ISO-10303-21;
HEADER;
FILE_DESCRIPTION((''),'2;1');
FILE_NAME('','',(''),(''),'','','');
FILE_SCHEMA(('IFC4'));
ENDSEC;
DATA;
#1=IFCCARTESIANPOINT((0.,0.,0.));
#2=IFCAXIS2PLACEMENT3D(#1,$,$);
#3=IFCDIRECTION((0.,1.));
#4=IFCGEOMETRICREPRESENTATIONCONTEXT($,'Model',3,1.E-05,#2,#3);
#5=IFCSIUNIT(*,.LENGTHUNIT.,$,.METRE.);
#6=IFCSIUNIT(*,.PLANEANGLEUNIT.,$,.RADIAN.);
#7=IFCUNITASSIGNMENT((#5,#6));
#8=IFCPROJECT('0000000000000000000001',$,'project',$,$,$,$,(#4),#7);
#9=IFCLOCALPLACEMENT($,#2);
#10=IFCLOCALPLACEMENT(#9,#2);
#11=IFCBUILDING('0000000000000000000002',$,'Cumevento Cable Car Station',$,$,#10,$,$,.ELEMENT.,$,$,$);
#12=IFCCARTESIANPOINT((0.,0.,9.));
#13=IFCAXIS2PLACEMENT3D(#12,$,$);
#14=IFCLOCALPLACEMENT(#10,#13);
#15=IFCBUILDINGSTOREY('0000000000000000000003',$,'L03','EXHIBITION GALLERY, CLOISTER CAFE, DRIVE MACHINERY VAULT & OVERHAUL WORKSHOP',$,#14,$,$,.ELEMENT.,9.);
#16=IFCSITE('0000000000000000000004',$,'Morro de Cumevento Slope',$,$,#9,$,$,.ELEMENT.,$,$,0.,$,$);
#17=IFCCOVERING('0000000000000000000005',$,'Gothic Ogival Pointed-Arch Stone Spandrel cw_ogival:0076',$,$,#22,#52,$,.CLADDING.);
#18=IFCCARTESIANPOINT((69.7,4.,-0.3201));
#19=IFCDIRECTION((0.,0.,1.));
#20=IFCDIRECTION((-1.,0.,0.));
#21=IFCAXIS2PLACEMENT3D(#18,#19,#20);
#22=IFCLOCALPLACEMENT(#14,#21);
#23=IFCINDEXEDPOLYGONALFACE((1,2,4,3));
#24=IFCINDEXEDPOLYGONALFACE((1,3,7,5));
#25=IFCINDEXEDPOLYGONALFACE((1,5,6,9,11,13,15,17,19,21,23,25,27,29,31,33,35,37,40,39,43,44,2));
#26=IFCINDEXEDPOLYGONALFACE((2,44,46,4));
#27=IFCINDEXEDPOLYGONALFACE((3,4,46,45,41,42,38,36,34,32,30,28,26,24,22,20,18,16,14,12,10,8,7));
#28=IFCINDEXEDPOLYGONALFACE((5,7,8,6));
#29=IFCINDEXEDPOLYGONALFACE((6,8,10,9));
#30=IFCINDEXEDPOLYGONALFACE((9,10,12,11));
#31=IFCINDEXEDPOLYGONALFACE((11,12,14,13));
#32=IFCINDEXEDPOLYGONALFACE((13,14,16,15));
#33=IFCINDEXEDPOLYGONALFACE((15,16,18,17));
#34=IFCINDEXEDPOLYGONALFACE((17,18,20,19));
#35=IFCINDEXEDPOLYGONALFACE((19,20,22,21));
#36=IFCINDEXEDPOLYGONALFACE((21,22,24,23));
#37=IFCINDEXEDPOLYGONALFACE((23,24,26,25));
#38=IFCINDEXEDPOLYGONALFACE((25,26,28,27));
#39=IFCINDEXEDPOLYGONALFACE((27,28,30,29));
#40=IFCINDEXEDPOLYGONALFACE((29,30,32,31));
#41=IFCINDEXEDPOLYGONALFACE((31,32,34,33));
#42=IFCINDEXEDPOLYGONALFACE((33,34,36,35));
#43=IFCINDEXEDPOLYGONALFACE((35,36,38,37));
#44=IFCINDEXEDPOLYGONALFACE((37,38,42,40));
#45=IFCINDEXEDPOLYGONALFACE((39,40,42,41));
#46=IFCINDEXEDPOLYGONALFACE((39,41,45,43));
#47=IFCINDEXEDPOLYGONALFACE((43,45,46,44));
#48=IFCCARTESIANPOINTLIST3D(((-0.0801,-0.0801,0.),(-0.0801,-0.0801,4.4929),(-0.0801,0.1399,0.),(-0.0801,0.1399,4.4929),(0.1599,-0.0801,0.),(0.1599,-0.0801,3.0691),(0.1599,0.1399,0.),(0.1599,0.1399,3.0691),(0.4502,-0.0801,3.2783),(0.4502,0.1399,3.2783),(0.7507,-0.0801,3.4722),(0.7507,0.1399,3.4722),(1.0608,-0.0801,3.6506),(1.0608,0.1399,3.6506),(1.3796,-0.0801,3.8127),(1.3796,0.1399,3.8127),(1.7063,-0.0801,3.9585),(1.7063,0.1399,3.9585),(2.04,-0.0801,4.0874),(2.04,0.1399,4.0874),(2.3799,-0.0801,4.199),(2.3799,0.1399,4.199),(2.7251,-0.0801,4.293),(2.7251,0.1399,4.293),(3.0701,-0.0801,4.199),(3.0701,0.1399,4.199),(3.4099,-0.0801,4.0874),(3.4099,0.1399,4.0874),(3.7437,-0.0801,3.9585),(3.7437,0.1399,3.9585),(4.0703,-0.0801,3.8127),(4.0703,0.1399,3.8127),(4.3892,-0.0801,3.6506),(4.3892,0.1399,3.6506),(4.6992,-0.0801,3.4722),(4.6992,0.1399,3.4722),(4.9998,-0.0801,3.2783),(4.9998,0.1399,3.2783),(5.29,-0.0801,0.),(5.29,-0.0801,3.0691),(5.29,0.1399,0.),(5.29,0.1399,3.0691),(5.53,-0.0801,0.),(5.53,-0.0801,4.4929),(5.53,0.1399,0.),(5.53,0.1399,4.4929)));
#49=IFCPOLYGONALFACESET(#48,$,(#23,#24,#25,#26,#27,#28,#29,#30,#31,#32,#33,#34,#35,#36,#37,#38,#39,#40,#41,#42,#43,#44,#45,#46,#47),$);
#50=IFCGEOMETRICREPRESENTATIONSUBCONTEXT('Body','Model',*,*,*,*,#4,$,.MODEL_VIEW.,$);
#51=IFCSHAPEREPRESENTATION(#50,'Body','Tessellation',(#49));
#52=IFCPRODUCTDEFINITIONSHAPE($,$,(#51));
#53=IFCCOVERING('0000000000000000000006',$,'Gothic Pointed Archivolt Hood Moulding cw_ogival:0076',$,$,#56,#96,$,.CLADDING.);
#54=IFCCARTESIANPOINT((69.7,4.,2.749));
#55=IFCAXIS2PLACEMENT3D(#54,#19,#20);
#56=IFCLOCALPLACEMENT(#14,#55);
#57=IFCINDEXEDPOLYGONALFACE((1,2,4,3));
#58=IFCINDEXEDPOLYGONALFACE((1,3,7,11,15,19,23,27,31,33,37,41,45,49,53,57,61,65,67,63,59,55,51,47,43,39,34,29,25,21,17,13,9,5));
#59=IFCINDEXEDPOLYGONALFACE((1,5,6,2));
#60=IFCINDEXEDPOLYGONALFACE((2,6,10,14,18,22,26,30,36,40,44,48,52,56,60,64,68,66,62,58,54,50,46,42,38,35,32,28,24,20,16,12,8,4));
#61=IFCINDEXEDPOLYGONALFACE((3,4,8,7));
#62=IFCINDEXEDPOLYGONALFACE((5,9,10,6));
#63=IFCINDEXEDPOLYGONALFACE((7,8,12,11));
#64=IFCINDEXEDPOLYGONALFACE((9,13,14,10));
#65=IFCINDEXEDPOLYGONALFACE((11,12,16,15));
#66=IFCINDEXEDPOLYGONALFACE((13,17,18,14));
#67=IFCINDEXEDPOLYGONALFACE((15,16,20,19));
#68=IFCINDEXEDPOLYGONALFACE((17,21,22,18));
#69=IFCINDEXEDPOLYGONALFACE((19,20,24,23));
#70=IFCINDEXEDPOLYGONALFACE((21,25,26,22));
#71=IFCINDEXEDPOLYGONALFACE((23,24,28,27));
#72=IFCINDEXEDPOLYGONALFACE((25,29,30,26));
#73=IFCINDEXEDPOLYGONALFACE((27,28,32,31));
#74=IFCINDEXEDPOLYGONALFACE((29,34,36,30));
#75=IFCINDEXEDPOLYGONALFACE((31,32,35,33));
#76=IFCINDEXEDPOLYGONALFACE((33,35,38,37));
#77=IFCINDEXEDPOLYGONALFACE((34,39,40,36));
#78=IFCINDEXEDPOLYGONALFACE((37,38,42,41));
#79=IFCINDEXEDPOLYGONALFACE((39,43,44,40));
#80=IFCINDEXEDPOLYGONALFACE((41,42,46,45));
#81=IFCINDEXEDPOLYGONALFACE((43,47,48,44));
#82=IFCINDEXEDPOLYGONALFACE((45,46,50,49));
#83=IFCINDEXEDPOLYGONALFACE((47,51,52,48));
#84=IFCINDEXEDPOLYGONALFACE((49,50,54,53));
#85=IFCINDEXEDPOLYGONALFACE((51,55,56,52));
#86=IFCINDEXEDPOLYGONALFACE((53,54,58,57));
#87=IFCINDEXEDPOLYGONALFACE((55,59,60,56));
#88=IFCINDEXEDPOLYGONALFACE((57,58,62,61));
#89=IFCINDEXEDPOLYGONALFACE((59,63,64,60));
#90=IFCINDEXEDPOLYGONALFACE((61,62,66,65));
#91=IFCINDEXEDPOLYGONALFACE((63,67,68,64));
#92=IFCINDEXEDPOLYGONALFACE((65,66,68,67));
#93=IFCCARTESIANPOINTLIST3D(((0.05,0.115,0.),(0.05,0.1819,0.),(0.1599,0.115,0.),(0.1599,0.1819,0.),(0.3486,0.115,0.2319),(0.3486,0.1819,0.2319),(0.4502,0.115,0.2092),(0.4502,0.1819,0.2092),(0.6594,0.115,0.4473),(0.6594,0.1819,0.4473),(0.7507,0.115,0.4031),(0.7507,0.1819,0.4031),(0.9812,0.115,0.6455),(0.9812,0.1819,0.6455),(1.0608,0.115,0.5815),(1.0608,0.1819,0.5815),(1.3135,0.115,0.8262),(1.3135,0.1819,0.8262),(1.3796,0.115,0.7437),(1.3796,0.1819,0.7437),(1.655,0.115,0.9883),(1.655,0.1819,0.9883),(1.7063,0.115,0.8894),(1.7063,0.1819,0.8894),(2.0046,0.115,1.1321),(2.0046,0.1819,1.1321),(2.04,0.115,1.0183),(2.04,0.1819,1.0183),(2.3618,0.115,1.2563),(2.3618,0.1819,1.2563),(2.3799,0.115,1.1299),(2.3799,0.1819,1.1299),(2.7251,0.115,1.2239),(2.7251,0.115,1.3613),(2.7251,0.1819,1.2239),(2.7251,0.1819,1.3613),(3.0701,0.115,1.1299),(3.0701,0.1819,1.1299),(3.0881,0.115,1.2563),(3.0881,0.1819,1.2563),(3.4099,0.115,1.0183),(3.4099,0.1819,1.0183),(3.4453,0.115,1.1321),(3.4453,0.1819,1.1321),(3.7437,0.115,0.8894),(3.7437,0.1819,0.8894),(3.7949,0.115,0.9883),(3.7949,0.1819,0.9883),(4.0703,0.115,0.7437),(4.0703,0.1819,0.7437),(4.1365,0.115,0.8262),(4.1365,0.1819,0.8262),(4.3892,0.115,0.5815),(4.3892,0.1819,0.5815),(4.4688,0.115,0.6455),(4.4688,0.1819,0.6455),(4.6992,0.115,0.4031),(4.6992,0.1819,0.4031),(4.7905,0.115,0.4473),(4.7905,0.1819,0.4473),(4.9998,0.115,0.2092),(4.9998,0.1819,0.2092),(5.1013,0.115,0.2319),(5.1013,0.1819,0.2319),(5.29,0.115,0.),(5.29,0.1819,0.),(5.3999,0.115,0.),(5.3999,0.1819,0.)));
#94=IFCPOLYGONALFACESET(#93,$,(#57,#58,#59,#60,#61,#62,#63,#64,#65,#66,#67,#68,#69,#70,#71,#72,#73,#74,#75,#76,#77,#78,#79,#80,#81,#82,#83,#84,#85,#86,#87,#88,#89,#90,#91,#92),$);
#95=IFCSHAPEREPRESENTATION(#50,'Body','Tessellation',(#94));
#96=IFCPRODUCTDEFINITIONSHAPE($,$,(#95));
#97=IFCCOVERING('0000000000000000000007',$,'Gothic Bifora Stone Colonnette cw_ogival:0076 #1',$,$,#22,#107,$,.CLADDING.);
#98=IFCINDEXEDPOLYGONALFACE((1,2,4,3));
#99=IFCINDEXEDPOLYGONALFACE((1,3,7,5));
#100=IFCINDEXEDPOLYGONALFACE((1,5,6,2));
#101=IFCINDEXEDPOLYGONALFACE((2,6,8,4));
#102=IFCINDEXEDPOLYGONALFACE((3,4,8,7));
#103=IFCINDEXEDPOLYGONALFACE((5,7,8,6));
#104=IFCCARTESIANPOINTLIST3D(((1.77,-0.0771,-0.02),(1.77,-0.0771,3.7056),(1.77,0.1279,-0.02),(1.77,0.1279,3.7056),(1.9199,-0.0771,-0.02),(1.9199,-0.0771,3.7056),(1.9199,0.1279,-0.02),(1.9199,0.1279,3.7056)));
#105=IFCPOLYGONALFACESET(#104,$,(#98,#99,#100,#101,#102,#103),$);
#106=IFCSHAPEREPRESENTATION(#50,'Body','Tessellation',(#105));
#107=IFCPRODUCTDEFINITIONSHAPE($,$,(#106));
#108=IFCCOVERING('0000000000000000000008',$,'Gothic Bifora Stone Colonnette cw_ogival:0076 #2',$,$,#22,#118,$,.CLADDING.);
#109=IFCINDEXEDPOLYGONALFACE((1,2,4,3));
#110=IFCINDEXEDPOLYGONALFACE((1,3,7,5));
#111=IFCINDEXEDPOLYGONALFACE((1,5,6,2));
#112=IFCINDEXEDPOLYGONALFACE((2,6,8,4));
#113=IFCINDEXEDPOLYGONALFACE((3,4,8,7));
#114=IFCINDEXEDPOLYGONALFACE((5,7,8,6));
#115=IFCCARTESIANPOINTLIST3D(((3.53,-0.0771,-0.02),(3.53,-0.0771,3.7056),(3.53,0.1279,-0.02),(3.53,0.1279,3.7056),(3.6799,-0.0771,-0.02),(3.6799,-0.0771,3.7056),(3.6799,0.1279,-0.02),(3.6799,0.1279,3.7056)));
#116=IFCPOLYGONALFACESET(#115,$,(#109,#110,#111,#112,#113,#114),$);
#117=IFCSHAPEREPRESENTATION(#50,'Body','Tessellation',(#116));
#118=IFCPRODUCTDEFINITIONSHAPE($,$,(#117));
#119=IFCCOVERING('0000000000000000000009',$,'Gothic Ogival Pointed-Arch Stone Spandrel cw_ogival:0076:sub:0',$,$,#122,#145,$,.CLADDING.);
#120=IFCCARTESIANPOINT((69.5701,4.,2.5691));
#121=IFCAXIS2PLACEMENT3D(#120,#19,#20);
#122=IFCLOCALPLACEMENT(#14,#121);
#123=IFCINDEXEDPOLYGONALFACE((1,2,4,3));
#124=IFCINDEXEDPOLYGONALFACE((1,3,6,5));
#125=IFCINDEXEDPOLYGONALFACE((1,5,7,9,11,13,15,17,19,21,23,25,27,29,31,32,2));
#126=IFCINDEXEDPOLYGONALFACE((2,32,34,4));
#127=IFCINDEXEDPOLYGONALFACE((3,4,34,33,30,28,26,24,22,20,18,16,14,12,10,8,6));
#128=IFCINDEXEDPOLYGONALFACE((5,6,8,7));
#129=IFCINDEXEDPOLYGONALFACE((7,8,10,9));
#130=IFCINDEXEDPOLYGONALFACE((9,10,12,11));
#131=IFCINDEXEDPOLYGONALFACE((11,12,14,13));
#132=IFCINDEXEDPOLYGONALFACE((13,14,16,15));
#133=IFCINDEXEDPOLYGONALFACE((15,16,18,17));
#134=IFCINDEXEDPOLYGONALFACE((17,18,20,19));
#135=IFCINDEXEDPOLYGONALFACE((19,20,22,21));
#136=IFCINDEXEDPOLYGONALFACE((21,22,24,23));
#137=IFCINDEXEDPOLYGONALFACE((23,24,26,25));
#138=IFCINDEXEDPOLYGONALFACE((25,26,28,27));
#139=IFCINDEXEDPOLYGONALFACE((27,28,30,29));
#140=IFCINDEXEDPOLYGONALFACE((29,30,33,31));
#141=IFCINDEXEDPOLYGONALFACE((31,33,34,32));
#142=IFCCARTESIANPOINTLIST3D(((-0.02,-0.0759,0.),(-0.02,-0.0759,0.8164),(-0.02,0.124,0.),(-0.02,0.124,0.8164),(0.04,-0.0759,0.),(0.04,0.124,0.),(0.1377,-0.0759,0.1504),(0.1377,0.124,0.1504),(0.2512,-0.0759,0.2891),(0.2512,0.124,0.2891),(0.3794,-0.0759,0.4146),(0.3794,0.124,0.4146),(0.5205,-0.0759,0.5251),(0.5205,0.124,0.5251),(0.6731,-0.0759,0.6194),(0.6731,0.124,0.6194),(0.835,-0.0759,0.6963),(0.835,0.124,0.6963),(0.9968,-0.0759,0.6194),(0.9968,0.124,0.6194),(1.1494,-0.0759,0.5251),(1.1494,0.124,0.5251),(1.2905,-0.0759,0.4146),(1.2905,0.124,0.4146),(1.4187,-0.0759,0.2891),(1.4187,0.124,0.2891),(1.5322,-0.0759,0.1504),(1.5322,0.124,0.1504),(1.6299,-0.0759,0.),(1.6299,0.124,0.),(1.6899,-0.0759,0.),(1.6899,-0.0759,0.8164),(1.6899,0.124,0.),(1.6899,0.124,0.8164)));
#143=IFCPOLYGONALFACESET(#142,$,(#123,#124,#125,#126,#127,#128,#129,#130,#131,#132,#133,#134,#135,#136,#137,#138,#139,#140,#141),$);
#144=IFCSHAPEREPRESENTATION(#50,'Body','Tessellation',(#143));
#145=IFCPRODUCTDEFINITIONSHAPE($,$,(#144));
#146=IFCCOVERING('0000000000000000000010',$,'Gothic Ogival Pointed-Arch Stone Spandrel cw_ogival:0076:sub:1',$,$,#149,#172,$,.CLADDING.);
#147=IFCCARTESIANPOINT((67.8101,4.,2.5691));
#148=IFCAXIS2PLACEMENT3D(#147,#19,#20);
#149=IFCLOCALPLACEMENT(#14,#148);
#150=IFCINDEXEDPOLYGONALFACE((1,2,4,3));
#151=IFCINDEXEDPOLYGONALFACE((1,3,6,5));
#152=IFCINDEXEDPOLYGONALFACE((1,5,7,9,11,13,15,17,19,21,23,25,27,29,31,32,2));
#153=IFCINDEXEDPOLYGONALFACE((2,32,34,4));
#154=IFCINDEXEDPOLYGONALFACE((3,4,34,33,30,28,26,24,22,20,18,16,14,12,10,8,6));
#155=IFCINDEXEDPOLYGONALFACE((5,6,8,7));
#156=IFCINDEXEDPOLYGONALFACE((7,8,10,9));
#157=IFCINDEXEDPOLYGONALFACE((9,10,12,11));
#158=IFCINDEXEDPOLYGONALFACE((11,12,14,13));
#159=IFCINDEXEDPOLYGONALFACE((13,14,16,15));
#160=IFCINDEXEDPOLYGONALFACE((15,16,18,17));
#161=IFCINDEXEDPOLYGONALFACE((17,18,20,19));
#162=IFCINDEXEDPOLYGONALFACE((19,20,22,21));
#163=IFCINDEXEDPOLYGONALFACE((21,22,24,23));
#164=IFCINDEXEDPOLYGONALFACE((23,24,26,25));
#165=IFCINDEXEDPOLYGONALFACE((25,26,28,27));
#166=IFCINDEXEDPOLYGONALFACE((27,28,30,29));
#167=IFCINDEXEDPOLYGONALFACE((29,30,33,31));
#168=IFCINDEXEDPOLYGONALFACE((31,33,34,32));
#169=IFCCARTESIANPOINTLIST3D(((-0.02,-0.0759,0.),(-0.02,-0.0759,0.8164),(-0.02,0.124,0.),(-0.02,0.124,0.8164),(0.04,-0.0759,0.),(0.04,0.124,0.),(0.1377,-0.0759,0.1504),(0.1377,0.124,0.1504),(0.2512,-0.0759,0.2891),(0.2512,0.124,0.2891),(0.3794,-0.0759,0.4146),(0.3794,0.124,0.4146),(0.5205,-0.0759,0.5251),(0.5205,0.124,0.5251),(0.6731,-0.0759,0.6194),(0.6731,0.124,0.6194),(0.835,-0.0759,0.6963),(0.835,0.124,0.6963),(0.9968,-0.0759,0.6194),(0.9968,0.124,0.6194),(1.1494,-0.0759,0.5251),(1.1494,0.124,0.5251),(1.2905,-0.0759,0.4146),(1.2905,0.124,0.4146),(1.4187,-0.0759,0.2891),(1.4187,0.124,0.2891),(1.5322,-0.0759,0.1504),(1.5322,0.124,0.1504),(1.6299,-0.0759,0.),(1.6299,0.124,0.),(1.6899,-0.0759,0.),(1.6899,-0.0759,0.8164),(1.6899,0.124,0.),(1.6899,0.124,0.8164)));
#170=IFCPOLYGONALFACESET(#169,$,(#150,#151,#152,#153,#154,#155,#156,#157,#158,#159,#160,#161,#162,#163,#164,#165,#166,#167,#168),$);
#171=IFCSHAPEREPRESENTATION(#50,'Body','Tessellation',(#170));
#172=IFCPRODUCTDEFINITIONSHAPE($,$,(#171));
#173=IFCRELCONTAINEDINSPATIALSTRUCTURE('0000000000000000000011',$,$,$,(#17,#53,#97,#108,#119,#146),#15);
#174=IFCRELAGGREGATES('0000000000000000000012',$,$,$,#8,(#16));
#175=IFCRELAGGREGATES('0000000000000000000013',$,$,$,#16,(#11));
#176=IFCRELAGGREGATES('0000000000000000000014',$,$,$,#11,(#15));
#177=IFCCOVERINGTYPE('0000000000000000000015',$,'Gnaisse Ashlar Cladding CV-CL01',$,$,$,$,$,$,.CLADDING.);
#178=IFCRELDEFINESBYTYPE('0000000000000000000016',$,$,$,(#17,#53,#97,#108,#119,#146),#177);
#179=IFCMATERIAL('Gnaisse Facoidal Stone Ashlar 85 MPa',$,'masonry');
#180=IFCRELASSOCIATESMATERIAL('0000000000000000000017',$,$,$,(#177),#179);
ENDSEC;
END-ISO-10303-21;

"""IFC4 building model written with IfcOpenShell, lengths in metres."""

from ifc_helpers import new_model, si_unit, direction, frame, origin, place, context, subcontext, project, spatial, polyline, outline, extrude, material, type_object, element, save


model = new_model("IFC4")

# Units and contexts
model_context = context("Model", 3, precision=1e-05, world=origin(), true_north=direction((0.0, 1.0)))
body_context = subcontext(model_context, "Body", "Model", "MODEL_VIEW")
ifc_project = project(units=[si_unit("LENGTHUNIT", "METRE"), si_unit("PLANEANGLEUNIT", "RADIAN")], contexts=[model_context])

# Site, building, storey
site_placement = place(None, origin())
site = spatial("IfcSite", under=ifc_project, at=site_placement, Name="Morro de Cumevento Slope", CompositionType="ELEMENT", RefElevation=0.0)
building_placement = place(site_placement, origin())
building = spatial("IfcBuilding", under=site, at=building_placement, Name="Cumevento Cable Car Station", CompositionType="ELEMENT")
storey_placement = place(building_placement, frame((0.0, 0.0, 9.0)))
storey = spatial("IfcBuildingStorey", under=building, at=storey_placement, Name="L03", Description="EXHIBITION GALLERY, CLOISTER CAFE, DRIVE MACHINERY VAULT & OVERHAUL WORKSHOP", CompositionType="ELEMENT", Elevation=9.0)

# Coverings
ifc_material_1 = material(Name="Gnaisse Facoidal Stone Ashlar 85 MPa", Category="masonry")
covering_type = type_object("IfcCoveringType", Name="Gnaisse Ashlar Cladding CV-CL01", PredefinedType="CLADDING", material=ifc_material_1)
placement = place(storey_placement, frame((69.7, 4.0, -0.3201), z_axis=(0.0, 0.0, 1.0), x_axis=(-1.0, 0.0, 0.0)))
element("IfcCovering", 1, at=placement, inside=storey, type_object=covering_type, Name="Gothic Ogival Pointed-Arch Stone Spandrel cw_ogival:0076", PredefinedType="CLADDING", context=body_context, shape_type="SweptSolid", body=[
    extrude(outline(polyline([(-0.0801, 0.0), (-0.0801, 4.4929), (5.53, 4.4929), (5.53, 0.0), (5.29, 0.0), (5.29, 3.0691), (4.9998, 3.2783), (4.6992, 3.4722), (4.3892, 3.6506), (4.0703, 3.8127), (3.7437, 3.9585), (3.4099, 4.0874), (3.0701, 4.199), (2.7251, 4.293), (2.3799, 4.199), (2.04, 4.0874), (1.7063, 3.9585), (1.3796, 3.8127), (1.0608, 3.6506), (0.7507, 3.4722), (0.4502, 3.2783), (0.1599, 3.0691), (0.1599, 0.0), (-0.0801, 0.0)])), frame((0.0, 0.1399, 0.0), z_axis=(0.0, -1.0, 0.0), x_axis=(1.0, 0.0, 0.0)), (0.0, 0.0, 1.0), 0.22),
])
covering_1_placement = place(storey_placement, frame((69.7, 4.0, 2.749), z_axis=(0.0, 0.0, 1.0), x_axis=(-1.0, 0.0, 0.0)))
element("IfcCovering", 2, at=covering_1_placement, inside=storey, type_object=covering_type, Name="Gothic Pointed Archivolt Hood Moulding cw_ogival:0076", PredefinedType="CLADDING", context=body_context, shape_type="SweptSolid", body=[
    extrude(outline(polyline([(0.1599, 0.0), (0.4502, 0.2092), (0.7507, 0.4031), (1.0608, 0.5815), (1.3796, 0.7437), (1.7063, 0.8894), (2.04, 1.0183), (2.3799, 1.1299), (2.7251, 1.2239), (3.0701, 1.1299), (3.4099, 1.0183), (3.7437, 0.8894), (4.0703, 0.7437), (4.3892, 0.5815), (4.6992, 0.4031), (4.9998, 0.2092), (5.29, 0.0), (5.3999, 0.0), (5.1013, 0.2319), (4.7905, 0.4473), (4.4688, 0.6455), (4.1365, 0.8262), (3.7949, 0.9883), (3.4453, 1.1321), (3.0881, 1.2563), (2.7251, 1.3613), (2.3618, 1.2563), (2.0046, 1.1321), (1.655, 0.9883), (1.3135, 0.8262), (0.9812, 0.6455), (0.6594, 0.4473), (0.3486, 0.2319), (0.05, 0.0), (0.1599, 0.0)])), frame((0.0, 0.1819, 0.0), z_axis=(0.0, -1.0, 0.0), x_axis=(1.0, 0.0, 0.0)), (0.0, 0.0, 1.0), 0.0669),
])
element("IfcCovering", 3, at=placement, inside=storey, type_object=covering_type, Name="Gothic Bifora Stone Colonnette cw_ogival:0076 #1", PredefinedType="CLADDING", context=body_context, shape_type="SweptSolid", body=[
    extrude(outline(polyline([(1.77, -0.02), (1.9199, -0.02), (1.9199, 3.7056), (1.77, 3.7056), (1.77, -0.02)])), frame((0.0, 0.1279, 0.0), z_axis=(0.0, -1.0, 0.0), x_axis=(1.0, 0.0, 0.0)), (0.0, 0.0, 1.0), 0.2051),
])
element("IfcCovering", 4, at=placement, inside=storey, type_object=covering_type, Name="Gothic Bifora Stone Colonnette cw_ogival:0076 #2", PredefinedType="CLADDING", context=body_context, shape_type="SweptSolid", body=[
    extrude(outline(polyline([(3.53, -0.02), (3.6799, -0.02), (3.6799, 3.7056), (3.53, 3.7056), (3.53, -0.02)])), frame((0.0, 0.1279, 0.0), z_axis=(0.0, -1.0, 0.0), x_axis=(1.0, 0.0, 0.0)), (0.0, 0.0, 1.0), 0.2051),
])
for number, where, z_axis, x_axis, name in (
    (5, (69.5701, 4.0, 2.5691), (0.0, 0.0, 1.0), (-1.0, 0.0, 0.0), "Gothic Ogival Pointed-Arch Stone Spandrel cw_ogival:0076:sub:0"),
    (6, (67.8101, 4.0, 2.5691), (0.0, 0.0, 1.0), (-1.0, 0.0, 0.0), "Gothic Ogival Pointed-Arch Stone Spandrel cw_ogival:0076:sub:1"),
):
    element("IfcCovering", number, at=place(storey_placement, frame(where, z_axis=z_axis, x_axis=x_axis)), inside=storey, type_object=covering_type, Name=name, PredefinedType="CLADDING", context=body_context, shape_type="SweptSolid", body=[
        extrude(outline(polyline([(-0.02, 0.0), (-0.02, 0.8164), (1.6899, 0.8164), (1.6899, 0.0), (1.6299, 0.0), (1.5322, 0.1504), (1.4187, 0.2891), (1.2905, 0.4146), (1.1494, 0.5251), (0.9968, 0.6194), (0.835, 0.6963), (0.6731, 0.6194), (0.5205, 0.5251), (0.3794, 0.4146), (0.2512, 0.2891), (0.1377, 0.1504), (0.04, 0.0), (-0.02, 0.0)])), frame((0.0, 0.124, 0.0), z_axis=(0.0, -1.0, 0.0), x_axis=(1.0, 0.0, 0.0)), (0.0, 0.0, 1.0), 0.2),
    ])

save(model, "model.ifc")
